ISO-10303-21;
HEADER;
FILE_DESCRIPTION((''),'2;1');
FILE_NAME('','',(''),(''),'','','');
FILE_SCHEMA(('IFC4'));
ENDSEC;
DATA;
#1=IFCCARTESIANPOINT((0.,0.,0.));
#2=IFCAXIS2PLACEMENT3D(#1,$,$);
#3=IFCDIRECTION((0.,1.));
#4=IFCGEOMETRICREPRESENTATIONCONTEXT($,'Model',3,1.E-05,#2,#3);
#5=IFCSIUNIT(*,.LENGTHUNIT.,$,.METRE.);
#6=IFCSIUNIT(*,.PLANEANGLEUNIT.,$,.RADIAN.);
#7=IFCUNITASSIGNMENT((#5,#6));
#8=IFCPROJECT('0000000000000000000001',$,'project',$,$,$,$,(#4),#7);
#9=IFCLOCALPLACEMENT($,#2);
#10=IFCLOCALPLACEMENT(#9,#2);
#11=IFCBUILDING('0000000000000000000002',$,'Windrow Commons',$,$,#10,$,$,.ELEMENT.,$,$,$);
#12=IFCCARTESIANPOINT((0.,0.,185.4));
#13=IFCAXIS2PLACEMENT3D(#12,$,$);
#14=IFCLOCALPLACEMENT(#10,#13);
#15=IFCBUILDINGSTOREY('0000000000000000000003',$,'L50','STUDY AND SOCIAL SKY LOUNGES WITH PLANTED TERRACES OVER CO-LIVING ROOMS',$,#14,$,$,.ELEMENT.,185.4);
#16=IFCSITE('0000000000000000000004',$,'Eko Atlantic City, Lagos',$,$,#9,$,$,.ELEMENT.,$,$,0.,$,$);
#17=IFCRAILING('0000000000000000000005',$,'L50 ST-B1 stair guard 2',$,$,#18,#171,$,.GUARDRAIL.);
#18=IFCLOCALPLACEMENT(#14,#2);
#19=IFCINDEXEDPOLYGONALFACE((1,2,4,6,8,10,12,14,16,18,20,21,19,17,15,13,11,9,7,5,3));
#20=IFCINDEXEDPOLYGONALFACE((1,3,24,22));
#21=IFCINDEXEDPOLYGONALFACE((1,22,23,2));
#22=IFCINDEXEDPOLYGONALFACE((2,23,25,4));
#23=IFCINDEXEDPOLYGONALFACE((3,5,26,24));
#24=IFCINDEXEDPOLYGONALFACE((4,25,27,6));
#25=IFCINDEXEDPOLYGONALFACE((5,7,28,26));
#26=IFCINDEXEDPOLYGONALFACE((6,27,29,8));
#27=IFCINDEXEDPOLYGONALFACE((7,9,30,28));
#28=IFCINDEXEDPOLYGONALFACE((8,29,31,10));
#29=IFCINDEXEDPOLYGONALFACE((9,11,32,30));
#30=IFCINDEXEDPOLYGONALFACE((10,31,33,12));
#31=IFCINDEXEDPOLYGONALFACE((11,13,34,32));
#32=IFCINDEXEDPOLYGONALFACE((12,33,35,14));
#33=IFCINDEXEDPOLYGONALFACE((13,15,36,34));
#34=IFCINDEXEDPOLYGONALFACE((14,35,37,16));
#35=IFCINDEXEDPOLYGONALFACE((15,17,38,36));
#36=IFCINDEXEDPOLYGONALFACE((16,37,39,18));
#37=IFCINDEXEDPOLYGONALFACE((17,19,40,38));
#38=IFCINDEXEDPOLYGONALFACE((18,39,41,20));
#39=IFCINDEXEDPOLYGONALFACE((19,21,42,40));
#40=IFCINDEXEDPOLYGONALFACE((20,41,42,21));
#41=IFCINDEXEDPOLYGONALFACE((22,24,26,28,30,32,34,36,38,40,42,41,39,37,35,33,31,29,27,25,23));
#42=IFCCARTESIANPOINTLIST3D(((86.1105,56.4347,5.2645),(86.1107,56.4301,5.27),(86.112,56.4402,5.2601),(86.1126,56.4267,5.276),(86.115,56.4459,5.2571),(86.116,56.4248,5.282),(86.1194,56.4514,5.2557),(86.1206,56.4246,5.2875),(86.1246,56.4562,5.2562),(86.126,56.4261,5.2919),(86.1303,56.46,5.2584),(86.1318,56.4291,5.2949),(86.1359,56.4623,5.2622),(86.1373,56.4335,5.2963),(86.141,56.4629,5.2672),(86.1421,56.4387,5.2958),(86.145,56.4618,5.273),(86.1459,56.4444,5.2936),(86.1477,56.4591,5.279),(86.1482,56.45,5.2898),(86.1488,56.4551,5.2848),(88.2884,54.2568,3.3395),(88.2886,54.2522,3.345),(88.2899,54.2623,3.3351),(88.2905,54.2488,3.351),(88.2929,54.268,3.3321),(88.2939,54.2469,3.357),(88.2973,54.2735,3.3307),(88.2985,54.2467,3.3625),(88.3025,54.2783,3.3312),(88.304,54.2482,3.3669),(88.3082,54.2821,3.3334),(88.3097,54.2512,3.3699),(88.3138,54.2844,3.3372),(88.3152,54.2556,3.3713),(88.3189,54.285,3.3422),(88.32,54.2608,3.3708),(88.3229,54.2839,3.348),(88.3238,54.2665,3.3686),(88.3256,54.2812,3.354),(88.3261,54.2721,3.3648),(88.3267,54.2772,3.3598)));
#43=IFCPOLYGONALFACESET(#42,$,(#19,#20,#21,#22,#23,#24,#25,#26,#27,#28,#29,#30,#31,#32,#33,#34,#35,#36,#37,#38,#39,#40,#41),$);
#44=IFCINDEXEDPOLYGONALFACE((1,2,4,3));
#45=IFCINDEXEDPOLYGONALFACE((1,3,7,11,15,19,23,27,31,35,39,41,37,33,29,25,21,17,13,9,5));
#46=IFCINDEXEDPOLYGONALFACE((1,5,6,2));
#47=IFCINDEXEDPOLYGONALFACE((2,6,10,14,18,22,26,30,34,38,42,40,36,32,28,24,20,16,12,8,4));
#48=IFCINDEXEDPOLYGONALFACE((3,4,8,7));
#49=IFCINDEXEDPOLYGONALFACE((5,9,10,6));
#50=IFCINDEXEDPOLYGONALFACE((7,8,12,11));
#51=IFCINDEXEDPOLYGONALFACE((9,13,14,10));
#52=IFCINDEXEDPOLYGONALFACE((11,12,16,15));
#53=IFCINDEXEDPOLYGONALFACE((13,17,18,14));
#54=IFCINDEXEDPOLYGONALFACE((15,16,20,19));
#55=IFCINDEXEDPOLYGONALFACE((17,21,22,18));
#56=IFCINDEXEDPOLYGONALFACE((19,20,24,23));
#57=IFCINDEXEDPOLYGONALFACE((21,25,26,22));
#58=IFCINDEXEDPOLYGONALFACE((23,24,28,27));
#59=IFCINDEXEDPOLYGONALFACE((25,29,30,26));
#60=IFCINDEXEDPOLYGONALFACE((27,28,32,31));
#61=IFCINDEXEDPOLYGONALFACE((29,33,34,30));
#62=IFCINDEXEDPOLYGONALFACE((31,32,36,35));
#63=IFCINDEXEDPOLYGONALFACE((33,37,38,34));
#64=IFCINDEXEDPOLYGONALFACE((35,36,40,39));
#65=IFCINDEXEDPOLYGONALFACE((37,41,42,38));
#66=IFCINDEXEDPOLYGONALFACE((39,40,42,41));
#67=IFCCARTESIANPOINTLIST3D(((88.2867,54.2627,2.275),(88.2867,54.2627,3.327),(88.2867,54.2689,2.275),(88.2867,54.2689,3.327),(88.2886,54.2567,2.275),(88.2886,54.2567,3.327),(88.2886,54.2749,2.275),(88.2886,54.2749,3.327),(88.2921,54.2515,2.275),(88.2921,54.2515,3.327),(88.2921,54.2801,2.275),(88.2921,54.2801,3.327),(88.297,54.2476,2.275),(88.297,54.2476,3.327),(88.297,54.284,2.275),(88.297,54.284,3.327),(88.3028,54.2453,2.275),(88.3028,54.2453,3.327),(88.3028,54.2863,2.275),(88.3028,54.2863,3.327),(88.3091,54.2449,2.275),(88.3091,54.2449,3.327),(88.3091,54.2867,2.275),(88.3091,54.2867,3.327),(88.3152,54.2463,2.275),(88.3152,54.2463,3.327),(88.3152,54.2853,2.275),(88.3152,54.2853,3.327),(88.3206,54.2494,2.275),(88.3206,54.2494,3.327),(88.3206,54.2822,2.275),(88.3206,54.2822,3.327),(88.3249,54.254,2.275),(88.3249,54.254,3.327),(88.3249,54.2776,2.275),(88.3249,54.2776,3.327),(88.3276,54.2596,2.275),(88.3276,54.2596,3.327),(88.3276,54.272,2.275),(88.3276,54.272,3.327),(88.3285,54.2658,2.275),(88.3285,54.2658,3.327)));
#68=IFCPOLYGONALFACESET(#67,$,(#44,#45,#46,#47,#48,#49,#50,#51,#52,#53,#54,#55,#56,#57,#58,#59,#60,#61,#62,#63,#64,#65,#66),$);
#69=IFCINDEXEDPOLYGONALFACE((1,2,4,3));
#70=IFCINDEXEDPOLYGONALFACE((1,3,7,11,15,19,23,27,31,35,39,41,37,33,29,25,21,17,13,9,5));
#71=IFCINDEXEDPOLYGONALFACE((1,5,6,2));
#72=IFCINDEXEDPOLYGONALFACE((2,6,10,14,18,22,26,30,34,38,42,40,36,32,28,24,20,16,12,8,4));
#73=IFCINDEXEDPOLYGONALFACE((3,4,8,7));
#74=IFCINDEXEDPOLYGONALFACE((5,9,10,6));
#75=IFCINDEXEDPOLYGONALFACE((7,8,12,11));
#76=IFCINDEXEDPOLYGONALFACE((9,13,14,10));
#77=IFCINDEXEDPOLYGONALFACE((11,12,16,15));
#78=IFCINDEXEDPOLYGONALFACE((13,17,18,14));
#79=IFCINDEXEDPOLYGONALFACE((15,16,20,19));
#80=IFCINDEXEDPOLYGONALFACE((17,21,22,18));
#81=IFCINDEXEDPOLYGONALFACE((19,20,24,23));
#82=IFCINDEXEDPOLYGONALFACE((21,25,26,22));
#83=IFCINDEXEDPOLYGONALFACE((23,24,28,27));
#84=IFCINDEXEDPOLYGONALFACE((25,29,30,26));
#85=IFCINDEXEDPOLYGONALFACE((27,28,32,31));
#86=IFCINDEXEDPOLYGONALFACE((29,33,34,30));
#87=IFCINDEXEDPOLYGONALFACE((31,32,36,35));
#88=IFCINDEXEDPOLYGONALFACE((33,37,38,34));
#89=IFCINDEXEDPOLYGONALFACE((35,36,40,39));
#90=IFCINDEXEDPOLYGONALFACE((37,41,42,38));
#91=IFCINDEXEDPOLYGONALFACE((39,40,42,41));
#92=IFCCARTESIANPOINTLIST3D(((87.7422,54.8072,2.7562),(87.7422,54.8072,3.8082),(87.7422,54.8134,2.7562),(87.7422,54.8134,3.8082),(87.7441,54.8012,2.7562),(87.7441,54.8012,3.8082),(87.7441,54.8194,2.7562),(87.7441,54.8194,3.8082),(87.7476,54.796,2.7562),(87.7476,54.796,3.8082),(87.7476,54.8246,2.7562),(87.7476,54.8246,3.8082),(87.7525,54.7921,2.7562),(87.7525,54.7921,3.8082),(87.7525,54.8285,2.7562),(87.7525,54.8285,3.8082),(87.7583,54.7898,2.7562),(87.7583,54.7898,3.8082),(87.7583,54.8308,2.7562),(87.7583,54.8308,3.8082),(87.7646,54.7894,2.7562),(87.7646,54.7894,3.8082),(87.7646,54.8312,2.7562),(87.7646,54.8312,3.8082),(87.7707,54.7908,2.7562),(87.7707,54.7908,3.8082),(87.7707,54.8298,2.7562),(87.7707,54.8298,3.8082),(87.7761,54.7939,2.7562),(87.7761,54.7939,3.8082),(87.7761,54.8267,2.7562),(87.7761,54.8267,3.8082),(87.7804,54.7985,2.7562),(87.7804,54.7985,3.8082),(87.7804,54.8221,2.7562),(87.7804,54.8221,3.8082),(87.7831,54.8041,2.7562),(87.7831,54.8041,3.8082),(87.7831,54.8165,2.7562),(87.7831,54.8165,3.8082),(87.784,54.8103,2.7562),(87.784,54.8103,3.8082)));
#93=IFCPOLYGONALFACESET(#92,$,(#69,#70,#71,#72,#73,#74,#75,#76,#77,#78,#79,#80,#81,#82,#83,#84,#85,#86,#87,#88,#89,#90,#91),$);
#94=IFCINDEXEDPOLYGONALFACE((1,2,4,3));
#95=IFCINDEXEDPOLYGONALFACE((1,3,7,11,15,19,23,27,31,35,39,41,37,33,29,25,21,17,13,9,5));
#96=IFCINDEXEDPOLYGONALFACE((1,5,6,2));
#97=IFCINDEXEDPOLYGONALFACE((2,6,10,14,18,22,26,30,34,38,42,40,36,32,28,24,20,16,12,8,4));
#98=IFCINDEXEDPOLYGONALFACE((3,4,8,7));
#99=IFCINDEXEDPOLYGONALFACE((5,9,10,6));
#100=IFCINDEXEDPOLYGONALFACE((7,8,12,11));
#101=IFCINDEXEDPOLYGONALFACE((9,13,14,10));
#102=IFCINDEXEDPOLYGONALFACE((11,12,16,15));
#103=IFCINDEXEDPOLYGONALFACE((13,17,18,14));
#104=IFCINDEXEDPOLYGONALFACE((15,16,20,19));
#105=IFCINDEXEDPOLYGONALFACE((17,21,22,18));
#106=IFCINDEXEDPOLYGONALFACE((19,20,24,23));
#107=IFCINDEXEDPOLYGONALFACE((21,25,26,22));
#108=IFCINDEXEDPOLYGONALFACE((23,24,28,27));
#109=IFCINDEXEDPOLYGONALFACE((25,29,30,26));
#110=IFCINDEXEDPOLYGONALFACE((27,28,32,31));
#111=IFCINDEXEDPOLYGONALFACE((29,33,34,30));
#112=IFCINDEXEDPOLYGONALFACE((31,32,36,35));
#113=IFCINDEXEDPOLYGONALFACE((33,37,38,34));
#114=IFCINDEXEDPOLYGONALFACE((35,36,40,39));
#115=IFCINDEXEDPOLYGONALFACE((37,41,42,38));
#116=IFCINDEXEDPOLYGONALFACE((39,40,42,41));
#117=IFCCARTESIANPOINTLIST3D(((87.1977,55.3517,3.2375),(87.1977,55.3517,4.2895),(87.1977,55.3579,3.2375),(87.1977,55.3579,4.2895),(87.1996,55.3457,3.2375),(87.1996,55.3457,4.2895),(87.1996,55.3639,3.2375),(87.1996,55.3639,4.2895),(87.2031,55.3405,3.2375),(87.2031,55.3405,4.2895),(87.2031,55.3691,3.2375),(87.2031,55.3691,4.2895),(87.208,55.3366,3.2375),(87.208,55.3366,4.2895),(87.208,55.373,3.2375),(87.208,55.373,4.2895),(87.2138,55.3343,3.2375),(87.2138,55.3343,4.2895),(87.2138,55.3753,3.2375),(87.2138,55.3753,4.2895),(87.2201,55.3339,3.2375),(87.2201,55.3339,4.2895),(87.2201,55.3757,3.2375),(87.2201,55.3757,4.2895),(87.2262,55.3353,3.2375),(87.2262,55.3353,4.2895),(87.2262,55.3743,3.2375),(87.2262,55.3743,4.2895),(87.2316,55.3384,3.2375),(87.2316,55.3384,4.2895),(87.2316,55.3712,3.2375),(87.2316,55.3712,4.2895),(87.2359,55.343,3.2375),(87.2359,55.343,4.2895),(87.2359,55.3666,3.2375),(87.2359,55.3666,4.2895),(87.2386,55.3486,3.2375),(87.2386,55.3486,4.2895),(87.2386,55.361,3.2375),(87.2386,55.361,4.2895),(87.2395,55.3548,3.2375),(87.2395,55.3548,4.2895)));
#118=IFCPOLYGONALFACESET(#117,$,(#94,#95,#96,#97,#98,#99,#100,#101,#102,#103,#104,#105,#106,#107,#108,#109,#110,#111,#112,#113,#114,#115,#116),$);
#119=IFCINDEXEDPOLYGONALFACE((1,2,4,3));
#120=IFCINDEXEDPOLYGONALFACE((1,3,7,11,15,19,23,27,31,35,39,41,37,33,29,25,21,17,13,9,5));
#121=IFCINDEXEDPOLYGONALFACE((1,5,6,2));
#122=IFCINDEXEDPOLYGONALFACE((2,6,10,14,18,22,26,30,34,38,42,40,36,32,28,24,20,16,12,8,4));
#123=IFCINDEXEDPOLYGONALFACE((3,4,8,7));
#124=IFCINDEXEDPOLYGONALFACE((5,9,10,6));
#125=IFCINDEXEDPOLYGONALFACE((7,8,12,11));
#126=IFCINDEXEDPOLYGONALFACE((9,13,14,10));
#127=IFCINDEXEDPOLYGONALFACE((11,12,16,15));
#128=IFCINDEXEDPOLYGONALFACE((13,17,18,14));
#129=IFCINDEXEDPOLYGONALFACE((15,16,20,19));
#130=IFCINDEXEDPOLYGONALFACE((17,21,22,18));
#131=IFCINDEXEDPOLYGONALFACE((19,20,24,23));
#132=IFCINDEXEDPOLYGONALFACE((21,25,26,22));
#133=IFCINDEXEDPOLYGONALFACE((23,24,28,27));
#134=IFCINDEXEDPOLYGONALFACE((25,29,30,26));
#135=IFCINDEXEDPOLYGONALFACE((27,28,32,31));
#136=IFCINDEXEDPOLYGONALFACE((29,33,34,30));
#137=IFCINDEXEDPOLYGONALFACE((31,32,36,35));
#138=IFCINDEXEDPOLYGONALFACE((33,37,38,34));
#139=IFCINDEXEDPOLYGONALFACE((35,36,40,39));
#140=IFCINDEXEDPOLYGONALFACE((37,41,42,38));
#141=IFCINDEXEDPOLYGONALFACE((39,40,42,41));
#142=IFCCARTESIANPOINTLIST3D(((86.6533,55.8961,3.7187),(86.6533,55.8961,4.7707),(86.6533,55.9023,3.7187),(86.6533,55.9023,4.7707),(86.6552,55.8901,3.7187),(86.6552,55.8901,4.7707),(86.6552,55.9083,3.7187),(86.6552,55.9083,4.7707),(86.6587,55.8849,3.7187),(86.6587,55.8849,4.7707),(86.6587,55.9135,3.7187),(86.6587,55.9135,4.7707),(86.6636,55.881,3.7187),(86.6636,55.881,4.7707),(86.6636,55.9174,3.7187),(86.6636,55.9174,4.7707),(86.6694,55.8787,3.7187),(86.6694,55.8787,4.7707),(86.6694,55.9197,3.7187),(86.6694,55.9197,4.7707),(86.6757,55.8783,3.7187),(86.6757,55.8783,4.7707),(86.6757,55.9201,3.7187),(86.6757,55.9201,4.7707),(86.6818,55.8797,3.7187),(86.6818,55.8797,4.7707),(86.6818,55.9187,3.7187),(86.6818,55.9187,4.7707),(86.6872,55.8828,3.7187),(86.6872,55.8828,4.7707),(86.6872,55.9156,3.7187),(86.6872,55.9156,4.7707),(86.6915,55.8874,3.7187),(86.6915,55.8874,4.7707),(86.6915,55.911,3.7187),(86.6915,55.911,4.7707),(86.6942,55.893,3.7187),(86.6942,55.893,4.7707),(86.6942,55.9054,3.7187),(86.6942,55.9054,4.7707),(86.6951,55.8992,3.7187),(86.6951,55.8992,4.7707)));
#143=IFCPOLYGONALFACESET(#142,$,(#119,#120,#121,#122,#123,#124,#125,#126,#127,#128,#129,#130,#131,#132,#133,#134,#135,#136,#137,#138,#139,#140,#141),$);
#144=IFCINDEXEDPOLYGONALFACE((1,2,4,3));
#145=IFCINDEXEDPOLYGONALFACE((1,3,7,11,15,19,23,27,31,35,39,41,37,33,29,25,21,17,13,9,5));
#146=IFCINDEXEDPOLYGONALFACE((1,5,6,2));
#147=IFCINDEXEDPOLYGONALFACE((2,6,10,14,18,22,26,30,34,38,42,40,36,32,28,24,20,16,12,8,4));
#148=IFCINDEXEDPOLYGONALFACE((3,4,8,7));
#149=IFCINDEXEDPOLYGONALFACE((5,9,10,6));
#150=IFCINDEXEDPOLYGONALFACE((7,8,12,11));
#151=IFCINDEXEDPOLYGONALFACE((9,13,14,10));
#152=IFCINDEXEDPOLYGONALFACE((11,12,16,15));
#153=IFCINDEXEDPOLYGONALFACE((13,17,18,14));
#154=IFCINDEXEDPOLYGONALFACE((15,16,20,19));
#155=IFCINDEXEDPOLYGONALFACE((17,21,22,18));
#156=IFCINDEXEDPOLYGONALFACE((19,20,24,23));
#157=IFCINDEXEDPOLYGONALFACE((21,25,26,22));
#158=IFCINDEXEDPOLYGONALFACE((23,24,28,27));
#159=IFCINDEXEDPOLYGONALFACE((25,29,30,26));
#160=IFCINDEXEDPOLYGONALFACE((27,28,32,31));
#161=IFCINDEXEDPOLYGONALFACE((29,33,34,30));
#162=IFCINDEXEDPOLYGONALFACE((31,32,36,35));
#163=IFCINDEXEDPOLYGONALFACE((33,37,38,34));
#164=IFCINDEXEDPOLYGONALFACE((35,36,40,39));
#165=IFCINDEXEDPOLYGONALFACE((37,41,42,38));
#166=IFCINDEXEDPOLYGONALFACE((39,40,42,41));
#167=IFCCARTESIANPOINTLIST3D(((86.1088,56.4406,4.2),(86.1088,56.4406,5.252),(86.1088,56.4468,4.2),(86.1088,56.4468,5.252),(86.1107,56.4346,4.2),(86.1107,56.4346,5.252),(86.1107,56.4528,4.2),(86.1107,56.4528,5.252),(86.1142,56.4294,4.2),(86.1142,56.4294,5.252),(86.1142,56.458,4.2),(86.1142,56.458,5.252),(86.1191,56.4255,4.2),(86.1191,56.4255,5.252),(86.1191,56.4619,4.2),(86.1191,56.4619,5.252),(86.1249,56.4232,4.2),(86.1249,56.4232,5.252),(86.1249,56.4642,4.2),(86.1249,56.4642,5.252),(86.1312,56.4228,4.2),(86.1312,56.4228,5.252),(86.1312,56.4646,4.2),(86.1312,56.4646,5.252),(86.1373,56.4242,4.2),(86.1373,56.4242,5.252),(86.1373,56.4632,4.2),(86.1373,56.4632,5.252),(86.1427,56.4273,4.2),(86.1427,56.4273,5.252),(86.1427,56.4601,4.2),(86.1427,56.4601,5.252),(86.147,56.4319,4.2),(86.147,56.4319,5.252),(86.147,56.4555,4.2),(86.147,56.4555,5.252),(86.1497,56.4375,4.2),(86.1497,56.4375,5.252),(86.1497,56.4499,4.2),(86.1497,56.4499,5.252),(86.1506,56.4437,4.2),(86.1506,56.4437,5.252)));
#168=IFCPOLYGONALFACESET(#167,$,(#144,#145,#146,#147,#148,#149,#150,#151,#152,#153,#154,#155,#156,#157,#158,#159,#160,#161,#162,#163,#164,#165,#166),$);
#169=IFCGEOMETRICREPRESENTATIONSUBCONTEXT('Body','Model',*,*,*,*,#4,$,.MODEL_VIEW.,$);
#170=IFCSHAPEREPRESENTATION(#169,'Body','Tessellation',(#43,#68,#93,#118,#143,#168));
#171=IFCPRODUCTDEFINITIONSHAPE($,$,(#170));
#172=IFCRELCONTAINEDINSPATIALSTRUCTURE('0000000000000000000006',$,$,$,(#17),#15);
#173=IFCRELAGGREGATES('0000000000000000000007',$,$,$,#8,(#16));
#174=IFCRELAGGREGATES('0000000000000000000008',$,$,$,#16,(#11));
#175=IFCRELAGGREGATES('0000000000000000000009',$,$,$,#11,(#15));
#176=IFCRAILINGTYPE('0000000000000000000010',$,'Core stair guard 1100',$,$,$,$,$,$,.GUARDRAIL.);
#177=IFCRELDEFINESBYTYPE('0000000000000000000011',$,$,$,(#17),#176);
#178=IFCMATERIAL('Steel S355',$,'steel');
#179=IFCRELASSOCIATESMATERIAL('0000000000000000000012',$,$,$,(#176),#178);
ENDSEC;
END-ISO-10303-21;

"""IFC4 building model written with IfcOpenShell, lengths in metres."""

from ifc_helpers import new_model, si_unit, direction, frame, origin, origin_2d, place, context, subcontext, project, spatial, circle, extrude, material, type_object, element, save


model = new_model("IFC4")

# Units and contexts
model_context = context("Model", 3, precision=1e-05, world=origin(), true_north=direction((0.0, 1.0)))
body_context = subcontext(model_context, "Body", "Model", "MODEL_VIEW")
ifc_project = project(units=[si_unit("LENGTHUNIT", "METRE"), si_unit("PLANEANGLEUNIT", "RADIAN")], contexts=[model_context])

# Site, building, storey
site_placement = place(None, origin())
site = spatial("IfcSite", under=ifc_project, at=site_placement, Name="Eko Atlantic City, Lagos", CompositionType="ELEMENT", RefElevation=0.0)
building_placement = place(site_placement, origin())
building = spatial("IfcBuilding", under=site, at=building_placement, Name="Windrow Commons", CompositionType="ELEMENT")
storey_placement = place(building_placement, frame((0.0, 0.0, 185.4)))
storey = spatial("IfcBuildingStorey", under=building, at=storey_placement, Name="L50", Description="STUDY AND SOCIAL SKY LOUNGES WITH PLANTED TERRACES OVER CO-LIVING ROOMS", CompositionType="ELEMENT", Elevation=185.4)

# Railing
ifc_material_1 = material(Name="Steel S355", Category="steel")
railing_type_1 = type_object("IfcRailingType", Name="Core stair guard 1100", PredefinedType="GUARDRAIL", material=ifc_material_1)
railing_1_placement = place(storey_placement, frame((88.3075, 54.2658, 2.275)))
element("IfcRailing", 1, at=railing_1_placement, inside=storey, type_object=railing_type_1, Name="L50 ST-B1 stair guard 2", PredefinedType="GUARDRAIL", context=body_context, shape_type="SweptSolid", body=[
    extrude(circle(Radius=0.024, at=origin_2d()), frame((0.0, 0.0, 1.076), z_axis=(-0.599626, 0.599626, 0.529997), x_axis=(-0.707107, -0.707107, 0.0)), (0.0, 0.0, 1.0), 3.6321),
    extrude(circle(Radius=0.021, at=origin_2d()), origin(), (0.0, 0.0, 1.0), 1.052),
    extrude(circle(Radius=0.021, at=origin_2d()), frame((-0.5445, 0.5445, 0.4812)), (0.0, 0.0, 1.0), 1.052),
    extrude(circle(Radius=0.021, at=origin_2d()), frame((-1.089, 1.089, 0.9625)), (0.0, 0.0, 1.0), 1.052),
    extrude(circle(Radius=0.021, at=origin_2d()), frame((-1.6334, 1.6334, 1.4437)), (0.0, 0.0, 1.0), 1.052),
    extrude(circle(Radius=0.021, at=origin_2d()), frame((-2.1779, 2.1779, 1.925)), (0.0, 0.0, 1.0), 1.052),
])

save(model, "model.ifc")
